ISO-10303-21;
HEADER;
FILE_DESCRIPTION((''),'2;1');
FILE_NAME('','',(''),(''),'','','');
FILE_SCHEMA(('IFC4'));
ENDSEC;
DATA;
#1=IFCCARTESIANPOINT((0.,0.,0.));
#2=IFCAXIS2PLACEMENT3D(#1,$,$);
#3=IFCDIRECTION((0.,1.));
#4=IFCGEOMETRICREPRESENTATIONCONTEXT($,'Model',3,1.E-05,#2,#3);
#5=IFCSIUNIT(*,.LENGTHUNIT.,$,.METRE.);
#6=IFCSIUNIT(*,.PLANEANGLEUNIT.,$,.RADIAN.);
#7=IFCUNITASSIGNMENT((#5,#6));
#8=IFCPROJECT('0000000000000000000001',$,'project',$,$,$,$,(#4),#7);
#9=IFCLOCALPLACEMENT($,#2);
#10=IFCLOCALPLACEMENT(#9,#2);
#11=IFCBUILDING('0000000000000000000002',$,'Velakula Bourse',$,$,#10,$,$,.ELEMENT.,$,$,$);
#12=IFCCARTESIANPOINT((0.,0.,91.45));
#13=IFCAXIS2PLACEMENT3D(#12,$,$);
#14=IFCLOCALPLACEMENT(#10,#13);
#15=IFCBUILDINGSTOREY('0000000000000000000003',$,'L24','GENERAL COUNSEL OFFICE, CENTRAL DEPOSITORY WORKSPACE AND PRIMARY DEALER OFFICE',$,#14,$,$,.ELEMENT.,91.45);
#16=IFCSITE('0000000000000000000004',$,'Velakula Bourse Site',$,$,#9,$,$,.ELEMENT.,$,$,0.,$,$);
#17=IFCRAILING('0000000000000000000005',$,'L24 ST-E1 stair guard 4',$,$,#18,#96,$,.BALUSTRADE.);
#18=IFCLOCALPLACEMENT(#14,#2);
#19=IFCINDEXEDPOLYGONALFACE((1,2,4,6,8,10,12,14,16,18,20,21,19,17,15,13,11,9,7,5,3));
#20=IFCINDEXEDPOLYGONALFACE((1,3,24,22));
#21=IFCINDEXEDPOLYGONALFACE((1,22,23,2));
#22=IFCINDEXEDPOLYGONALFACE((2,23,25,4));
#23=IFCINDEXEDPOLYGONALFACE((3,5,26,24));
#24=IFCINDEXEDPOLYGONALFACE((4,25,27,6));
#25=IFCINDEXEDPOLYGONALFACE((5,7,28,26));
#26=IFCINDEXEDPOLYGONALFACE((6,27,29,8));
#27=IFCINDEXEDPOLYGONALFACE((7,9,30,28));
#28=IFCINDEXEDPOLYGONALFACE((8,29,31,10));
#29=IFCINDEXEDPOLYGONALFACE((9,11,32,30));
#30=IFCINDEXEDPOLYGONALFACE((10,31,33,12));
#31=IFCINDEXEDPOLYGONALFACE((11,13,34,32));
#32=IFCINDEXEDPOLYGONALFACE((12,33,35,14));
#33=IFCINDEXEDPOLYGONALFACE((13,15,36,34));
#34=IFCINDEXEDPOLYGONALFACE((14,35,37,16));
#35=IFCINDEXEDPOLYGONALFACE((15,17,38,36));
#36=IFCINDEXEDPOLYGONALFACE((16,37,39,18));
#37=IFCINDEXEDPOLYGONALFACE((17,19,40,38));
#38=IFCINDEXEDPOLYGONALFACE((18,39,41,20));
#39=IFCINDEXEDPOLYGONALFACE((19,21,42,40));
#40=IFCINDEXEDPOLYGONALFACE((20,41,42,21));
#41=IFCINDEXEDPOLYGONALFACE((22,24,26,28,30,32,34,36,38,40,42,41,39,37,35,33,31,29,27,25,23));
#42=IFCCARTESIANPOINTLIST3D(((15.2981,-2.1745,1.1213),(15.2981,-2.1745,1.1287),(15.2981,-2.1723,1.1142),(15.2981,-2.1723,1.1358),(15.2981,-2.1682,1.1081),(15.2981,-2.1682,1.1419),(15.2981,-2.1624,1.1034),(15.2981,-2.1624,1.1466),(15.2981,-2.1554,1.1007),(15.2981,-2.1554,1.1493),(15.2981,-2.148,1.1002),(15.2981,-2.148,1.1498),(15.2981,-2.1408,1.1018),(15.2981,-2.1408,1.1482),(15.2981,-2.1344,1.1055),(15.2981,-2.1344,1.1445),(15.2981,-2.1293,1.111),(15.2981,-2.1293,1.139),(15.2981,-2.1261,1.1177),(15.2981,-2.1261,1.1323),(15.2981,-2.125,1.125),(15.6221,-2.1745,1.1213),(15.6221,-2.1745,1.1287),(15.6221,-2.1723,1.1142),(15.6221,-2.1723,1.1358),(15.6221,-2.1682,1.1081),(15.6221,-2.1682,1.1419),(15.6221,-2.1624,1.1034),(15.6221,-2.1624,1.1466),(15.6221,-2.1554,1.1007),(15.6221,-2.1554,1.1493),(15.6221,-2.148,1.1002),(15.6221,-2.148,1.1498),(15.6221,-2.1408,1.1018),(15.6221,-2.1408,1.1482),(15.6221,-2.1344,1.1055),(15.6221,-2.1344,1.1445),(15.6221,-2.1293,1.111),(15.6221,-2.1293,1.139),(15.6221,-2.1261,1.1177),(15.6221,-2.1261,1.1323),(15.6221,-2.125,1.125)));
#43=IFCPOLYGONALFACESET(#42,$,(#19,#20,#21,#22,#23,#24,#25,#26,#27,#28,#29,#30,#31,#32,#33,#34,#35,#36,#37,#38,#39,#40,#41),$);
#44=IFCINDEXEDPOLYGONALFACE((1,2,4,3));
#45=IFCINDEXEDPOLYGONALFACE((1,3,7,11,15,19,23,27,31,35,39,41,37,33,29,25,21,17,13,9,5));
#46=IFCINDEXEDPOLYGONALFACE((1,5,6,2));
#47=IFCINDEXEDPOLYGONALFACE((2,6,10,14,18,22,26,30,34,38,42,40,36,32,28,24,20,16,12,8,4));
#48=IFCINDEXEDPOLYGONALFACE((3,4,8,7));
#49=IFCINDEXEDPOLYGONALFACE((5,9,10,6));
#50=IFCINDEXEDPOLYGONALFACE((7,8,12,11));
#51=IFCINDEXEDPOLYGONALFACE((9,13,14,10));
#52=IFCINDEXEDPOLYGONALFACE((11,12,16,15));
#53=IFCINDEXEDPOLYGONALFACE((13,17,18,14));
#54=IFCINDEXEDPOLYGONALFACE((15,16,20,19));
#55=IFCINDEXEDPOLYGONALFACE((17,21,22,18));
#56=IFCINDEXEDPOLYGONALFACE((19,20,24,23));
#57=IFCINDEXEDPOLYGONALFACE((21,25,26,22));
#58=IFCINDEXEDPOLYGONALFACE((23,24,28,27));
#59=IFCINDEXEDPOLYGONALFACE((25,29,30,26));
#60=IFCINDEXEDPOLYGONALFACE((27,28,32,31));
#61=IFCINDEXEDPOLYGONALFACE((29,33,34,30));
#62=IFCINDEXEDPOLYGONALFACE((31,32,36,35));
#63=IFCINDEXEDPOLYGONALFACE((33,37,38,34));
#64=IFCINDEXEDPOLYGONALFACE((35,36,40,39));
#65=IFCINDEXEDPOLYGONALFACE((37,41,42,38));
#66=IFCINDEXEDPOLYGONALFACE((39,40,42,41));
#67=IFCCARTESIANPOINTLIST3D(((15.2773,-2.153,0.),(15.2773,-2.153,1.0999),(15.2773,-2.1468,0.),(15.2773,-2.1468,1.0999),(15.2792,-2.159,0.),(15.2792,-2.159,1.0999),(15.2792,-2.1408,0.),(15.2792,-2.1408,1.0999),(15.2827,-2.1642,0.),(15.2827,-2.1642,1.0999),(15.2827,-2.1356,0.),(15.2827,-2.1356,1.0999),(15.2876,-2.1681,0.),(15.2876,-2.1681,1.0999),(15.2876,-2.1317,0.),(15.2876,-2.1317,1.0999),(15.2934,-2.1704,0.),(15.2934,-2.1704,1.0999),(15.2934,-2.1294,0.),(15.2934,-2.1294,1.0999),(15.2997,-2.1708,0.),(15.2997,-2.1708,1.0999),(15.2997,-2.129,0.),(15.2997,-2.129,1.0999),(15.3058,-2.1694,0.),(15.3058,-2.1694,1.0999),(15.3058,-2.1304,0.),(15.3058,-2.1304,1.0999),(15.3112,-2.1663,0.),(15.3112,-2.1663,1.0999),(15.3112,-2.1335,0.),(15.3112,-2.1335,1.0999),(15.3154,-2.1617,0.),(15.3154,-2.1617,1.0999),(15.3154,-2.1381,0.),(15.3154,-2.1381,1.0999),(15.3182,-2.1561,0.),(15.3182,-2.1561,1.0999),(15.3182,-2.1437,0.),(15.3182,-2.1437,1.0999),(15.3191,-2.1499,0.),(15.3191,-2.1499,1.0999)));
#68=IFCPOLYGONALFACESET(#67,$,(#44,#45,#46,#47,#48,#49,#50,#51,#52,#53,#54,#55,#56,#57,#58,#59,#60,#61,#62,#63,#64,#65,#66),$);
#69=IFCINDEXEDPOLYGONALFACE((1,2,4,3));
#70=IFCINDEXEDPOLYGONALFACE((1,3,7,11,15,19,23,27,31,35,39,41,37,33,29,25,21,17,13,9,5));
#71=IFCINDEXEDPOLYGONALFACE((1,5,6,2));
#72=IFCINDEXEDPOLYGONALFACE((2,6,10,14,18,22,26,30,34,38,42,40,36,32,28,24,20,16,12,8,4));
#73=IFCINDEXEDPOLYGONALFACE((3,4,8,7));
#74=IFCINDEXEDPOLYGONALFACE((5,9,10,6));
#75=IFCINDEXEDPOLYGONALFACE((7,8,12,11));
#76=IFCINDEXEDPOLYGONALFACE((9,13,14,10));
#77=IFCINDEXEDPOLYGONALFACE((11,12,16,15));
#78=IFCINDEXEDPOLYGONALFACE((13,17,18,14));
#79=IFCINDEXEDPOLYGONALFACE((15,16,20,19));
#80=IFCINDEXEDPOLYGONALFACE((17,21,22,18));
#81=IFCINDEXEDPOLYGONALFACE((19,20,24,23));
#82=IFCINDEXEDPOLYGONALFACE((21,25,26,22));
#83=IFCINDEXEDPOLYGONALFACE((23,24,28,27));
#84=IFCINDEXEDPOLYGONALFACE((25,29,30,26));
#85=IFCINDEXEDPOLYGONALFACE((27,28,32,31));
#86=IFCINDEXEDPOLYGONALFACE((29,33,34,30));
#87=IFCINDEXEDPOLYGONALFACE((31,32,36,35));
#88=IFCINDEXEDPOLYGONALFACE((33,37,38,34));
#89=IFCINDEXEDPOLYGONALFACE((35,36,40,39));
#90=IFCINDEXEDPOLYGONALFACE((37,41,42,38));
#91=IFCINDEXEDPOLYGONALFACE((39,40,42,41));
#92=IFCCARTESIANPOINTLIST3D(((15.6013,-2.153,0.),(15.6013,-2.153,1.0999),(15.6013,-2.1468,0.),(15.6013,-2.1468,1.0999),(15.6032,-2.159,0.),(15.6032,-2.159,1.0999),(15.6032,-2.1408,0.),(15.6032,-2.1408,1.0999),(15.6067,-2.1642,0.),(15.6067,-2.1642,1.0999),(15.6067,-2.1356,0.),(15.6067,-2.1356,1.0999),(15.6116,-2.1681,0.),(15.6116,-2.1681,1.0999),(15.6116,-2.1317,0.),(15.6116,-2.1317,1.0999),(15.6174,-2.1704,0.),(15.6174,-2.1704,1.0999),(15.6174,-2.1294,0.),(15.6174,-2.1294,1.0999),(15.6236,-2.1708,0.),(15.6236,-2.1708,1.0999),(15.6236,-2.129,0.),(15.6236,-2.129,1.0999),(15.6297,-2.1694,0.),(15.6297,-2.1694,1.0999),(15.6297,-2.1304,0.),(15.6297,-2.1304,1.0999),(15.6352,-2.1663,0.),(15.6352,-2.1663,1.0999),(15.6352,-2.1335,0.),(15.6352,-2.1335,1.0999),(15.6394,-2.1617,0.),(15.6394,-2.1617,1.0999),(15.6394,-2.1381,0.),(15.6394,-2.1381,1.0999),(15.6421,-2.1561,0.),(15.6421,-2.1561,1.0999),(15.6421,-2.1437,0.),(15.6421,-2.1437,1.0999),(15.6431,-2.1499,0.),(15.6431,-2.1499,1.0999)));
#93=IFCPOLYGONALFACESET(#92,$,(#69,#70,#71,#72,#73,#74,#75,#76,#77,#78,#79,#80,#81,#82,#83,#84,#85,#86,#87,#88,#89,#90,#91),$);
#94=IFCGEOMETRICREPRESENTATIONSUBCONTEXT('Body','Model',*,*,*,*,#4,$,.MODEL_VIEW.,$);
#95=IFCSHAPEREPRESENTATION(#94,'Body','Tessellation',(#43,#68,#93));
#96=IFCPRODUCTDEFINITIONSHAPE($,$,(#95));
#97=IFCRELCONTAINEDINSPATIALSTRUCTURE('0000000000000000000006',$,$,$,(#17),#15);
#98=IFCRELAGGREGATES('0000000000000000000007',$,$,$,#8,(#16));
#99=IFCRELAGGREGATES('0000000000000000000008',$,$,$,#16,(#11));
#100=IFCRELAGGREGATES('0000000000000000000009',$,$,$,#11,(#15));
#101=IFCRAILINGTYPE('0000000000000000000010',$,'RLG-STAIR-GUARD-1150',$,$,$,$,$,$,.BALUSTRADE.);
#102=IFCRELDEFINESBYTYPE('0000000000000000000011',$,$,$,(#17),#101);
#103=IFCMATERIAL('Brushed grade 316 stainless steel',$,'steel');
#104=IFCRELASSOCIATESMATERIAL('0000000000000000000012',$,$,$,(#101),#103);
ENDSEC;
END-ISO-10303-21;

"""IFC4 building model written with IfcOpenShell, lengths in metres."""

from ifc_helpers import new_model, si_unit, direction, frame, origin, origin_2d, place, context, subcontext, project, spatial, circle, extrude, material, type_object, element, save


model = new_model("IFC4")

# Units and contexts
model_context = context("Model", 3, precision=1e-05, world=origin(), true_north=direction((0.0, 1.0)))
body_context = subcontext(model_context, "Body", "Model", "MODEL_VIEW")
ifc_project = project(units=[si_unit("LENGTHUNIT", "METRE"), si_unit("PLANEANGLEUNIT", "RADIAN")], contexts=[model_context])

# Site, building, storey
site_placement = place(None, origin())
site = spatial("IfcSite", under=ifc_project, at=site_placement, Name="Velakula Bourse Site", CompositionType="ELEMENT", RefElevation=0.0)
building_placement = place(site_placement, origin())
building = spatial("IfcBuilding", under=site, at=building_placement, Name="Velakula Bourse", CompositionType="ELEMENT")
storey_placement = place(building_placement, frame((0.0, 0.0, 91.45)))
storey = spatial("IfcBuildingStorey", under=building, at=storey_placement, Name="L24", Description="GENERAL COUNSEL OFFICE, CENTRAL DEPOSITORY WORKSPACE AND PRIMARY DEALER OFFICE", CompositionType="ELEMENT", Elevation=91.45)

# Railing
ifc_material_1 = material(Name="Brushed grade 316 stainless steel", Category="steel")
railing_type_1 = type_object("IfcRailingType", Name="RLG-STAIR-GUARD-1150", PredefinedType="BALUSTRADE", material=ifc_material_1)
railing_1_placement = place(storey_placement, frame((15.2981, -2.1499, 0.0)))
element("IfcRailing", 1, at=railing_1_placement, inside=storey, type_object=railing_type_1, Name="L24 ST-E1 stair guard 4", PredefinedType="BALUSTRADE", context=body_context, shape_type="SweptSolid", body=[
    extrude(circle(Radius=0.0249, at=origin_2d()), frame((0.0, 0.0, 1.125), z_axis=(1.0, 0.0, 0.0), x_axis=(0.0, 1.0, 0.0)), (0.0, 0.0, 1.0), 0.324),
    extrude(circle(Radius=0.021, at=origin_2d()), origin(), (0.0, 0.0, 1.0), 1.0999),
    extrude(circle(Radius=0.021, at=origin_2d()), frame((0.324, 0.0, 0.0)), (0.0, 0.0, 1.0), 1.0999),
])

save(model, "model.ifc")
